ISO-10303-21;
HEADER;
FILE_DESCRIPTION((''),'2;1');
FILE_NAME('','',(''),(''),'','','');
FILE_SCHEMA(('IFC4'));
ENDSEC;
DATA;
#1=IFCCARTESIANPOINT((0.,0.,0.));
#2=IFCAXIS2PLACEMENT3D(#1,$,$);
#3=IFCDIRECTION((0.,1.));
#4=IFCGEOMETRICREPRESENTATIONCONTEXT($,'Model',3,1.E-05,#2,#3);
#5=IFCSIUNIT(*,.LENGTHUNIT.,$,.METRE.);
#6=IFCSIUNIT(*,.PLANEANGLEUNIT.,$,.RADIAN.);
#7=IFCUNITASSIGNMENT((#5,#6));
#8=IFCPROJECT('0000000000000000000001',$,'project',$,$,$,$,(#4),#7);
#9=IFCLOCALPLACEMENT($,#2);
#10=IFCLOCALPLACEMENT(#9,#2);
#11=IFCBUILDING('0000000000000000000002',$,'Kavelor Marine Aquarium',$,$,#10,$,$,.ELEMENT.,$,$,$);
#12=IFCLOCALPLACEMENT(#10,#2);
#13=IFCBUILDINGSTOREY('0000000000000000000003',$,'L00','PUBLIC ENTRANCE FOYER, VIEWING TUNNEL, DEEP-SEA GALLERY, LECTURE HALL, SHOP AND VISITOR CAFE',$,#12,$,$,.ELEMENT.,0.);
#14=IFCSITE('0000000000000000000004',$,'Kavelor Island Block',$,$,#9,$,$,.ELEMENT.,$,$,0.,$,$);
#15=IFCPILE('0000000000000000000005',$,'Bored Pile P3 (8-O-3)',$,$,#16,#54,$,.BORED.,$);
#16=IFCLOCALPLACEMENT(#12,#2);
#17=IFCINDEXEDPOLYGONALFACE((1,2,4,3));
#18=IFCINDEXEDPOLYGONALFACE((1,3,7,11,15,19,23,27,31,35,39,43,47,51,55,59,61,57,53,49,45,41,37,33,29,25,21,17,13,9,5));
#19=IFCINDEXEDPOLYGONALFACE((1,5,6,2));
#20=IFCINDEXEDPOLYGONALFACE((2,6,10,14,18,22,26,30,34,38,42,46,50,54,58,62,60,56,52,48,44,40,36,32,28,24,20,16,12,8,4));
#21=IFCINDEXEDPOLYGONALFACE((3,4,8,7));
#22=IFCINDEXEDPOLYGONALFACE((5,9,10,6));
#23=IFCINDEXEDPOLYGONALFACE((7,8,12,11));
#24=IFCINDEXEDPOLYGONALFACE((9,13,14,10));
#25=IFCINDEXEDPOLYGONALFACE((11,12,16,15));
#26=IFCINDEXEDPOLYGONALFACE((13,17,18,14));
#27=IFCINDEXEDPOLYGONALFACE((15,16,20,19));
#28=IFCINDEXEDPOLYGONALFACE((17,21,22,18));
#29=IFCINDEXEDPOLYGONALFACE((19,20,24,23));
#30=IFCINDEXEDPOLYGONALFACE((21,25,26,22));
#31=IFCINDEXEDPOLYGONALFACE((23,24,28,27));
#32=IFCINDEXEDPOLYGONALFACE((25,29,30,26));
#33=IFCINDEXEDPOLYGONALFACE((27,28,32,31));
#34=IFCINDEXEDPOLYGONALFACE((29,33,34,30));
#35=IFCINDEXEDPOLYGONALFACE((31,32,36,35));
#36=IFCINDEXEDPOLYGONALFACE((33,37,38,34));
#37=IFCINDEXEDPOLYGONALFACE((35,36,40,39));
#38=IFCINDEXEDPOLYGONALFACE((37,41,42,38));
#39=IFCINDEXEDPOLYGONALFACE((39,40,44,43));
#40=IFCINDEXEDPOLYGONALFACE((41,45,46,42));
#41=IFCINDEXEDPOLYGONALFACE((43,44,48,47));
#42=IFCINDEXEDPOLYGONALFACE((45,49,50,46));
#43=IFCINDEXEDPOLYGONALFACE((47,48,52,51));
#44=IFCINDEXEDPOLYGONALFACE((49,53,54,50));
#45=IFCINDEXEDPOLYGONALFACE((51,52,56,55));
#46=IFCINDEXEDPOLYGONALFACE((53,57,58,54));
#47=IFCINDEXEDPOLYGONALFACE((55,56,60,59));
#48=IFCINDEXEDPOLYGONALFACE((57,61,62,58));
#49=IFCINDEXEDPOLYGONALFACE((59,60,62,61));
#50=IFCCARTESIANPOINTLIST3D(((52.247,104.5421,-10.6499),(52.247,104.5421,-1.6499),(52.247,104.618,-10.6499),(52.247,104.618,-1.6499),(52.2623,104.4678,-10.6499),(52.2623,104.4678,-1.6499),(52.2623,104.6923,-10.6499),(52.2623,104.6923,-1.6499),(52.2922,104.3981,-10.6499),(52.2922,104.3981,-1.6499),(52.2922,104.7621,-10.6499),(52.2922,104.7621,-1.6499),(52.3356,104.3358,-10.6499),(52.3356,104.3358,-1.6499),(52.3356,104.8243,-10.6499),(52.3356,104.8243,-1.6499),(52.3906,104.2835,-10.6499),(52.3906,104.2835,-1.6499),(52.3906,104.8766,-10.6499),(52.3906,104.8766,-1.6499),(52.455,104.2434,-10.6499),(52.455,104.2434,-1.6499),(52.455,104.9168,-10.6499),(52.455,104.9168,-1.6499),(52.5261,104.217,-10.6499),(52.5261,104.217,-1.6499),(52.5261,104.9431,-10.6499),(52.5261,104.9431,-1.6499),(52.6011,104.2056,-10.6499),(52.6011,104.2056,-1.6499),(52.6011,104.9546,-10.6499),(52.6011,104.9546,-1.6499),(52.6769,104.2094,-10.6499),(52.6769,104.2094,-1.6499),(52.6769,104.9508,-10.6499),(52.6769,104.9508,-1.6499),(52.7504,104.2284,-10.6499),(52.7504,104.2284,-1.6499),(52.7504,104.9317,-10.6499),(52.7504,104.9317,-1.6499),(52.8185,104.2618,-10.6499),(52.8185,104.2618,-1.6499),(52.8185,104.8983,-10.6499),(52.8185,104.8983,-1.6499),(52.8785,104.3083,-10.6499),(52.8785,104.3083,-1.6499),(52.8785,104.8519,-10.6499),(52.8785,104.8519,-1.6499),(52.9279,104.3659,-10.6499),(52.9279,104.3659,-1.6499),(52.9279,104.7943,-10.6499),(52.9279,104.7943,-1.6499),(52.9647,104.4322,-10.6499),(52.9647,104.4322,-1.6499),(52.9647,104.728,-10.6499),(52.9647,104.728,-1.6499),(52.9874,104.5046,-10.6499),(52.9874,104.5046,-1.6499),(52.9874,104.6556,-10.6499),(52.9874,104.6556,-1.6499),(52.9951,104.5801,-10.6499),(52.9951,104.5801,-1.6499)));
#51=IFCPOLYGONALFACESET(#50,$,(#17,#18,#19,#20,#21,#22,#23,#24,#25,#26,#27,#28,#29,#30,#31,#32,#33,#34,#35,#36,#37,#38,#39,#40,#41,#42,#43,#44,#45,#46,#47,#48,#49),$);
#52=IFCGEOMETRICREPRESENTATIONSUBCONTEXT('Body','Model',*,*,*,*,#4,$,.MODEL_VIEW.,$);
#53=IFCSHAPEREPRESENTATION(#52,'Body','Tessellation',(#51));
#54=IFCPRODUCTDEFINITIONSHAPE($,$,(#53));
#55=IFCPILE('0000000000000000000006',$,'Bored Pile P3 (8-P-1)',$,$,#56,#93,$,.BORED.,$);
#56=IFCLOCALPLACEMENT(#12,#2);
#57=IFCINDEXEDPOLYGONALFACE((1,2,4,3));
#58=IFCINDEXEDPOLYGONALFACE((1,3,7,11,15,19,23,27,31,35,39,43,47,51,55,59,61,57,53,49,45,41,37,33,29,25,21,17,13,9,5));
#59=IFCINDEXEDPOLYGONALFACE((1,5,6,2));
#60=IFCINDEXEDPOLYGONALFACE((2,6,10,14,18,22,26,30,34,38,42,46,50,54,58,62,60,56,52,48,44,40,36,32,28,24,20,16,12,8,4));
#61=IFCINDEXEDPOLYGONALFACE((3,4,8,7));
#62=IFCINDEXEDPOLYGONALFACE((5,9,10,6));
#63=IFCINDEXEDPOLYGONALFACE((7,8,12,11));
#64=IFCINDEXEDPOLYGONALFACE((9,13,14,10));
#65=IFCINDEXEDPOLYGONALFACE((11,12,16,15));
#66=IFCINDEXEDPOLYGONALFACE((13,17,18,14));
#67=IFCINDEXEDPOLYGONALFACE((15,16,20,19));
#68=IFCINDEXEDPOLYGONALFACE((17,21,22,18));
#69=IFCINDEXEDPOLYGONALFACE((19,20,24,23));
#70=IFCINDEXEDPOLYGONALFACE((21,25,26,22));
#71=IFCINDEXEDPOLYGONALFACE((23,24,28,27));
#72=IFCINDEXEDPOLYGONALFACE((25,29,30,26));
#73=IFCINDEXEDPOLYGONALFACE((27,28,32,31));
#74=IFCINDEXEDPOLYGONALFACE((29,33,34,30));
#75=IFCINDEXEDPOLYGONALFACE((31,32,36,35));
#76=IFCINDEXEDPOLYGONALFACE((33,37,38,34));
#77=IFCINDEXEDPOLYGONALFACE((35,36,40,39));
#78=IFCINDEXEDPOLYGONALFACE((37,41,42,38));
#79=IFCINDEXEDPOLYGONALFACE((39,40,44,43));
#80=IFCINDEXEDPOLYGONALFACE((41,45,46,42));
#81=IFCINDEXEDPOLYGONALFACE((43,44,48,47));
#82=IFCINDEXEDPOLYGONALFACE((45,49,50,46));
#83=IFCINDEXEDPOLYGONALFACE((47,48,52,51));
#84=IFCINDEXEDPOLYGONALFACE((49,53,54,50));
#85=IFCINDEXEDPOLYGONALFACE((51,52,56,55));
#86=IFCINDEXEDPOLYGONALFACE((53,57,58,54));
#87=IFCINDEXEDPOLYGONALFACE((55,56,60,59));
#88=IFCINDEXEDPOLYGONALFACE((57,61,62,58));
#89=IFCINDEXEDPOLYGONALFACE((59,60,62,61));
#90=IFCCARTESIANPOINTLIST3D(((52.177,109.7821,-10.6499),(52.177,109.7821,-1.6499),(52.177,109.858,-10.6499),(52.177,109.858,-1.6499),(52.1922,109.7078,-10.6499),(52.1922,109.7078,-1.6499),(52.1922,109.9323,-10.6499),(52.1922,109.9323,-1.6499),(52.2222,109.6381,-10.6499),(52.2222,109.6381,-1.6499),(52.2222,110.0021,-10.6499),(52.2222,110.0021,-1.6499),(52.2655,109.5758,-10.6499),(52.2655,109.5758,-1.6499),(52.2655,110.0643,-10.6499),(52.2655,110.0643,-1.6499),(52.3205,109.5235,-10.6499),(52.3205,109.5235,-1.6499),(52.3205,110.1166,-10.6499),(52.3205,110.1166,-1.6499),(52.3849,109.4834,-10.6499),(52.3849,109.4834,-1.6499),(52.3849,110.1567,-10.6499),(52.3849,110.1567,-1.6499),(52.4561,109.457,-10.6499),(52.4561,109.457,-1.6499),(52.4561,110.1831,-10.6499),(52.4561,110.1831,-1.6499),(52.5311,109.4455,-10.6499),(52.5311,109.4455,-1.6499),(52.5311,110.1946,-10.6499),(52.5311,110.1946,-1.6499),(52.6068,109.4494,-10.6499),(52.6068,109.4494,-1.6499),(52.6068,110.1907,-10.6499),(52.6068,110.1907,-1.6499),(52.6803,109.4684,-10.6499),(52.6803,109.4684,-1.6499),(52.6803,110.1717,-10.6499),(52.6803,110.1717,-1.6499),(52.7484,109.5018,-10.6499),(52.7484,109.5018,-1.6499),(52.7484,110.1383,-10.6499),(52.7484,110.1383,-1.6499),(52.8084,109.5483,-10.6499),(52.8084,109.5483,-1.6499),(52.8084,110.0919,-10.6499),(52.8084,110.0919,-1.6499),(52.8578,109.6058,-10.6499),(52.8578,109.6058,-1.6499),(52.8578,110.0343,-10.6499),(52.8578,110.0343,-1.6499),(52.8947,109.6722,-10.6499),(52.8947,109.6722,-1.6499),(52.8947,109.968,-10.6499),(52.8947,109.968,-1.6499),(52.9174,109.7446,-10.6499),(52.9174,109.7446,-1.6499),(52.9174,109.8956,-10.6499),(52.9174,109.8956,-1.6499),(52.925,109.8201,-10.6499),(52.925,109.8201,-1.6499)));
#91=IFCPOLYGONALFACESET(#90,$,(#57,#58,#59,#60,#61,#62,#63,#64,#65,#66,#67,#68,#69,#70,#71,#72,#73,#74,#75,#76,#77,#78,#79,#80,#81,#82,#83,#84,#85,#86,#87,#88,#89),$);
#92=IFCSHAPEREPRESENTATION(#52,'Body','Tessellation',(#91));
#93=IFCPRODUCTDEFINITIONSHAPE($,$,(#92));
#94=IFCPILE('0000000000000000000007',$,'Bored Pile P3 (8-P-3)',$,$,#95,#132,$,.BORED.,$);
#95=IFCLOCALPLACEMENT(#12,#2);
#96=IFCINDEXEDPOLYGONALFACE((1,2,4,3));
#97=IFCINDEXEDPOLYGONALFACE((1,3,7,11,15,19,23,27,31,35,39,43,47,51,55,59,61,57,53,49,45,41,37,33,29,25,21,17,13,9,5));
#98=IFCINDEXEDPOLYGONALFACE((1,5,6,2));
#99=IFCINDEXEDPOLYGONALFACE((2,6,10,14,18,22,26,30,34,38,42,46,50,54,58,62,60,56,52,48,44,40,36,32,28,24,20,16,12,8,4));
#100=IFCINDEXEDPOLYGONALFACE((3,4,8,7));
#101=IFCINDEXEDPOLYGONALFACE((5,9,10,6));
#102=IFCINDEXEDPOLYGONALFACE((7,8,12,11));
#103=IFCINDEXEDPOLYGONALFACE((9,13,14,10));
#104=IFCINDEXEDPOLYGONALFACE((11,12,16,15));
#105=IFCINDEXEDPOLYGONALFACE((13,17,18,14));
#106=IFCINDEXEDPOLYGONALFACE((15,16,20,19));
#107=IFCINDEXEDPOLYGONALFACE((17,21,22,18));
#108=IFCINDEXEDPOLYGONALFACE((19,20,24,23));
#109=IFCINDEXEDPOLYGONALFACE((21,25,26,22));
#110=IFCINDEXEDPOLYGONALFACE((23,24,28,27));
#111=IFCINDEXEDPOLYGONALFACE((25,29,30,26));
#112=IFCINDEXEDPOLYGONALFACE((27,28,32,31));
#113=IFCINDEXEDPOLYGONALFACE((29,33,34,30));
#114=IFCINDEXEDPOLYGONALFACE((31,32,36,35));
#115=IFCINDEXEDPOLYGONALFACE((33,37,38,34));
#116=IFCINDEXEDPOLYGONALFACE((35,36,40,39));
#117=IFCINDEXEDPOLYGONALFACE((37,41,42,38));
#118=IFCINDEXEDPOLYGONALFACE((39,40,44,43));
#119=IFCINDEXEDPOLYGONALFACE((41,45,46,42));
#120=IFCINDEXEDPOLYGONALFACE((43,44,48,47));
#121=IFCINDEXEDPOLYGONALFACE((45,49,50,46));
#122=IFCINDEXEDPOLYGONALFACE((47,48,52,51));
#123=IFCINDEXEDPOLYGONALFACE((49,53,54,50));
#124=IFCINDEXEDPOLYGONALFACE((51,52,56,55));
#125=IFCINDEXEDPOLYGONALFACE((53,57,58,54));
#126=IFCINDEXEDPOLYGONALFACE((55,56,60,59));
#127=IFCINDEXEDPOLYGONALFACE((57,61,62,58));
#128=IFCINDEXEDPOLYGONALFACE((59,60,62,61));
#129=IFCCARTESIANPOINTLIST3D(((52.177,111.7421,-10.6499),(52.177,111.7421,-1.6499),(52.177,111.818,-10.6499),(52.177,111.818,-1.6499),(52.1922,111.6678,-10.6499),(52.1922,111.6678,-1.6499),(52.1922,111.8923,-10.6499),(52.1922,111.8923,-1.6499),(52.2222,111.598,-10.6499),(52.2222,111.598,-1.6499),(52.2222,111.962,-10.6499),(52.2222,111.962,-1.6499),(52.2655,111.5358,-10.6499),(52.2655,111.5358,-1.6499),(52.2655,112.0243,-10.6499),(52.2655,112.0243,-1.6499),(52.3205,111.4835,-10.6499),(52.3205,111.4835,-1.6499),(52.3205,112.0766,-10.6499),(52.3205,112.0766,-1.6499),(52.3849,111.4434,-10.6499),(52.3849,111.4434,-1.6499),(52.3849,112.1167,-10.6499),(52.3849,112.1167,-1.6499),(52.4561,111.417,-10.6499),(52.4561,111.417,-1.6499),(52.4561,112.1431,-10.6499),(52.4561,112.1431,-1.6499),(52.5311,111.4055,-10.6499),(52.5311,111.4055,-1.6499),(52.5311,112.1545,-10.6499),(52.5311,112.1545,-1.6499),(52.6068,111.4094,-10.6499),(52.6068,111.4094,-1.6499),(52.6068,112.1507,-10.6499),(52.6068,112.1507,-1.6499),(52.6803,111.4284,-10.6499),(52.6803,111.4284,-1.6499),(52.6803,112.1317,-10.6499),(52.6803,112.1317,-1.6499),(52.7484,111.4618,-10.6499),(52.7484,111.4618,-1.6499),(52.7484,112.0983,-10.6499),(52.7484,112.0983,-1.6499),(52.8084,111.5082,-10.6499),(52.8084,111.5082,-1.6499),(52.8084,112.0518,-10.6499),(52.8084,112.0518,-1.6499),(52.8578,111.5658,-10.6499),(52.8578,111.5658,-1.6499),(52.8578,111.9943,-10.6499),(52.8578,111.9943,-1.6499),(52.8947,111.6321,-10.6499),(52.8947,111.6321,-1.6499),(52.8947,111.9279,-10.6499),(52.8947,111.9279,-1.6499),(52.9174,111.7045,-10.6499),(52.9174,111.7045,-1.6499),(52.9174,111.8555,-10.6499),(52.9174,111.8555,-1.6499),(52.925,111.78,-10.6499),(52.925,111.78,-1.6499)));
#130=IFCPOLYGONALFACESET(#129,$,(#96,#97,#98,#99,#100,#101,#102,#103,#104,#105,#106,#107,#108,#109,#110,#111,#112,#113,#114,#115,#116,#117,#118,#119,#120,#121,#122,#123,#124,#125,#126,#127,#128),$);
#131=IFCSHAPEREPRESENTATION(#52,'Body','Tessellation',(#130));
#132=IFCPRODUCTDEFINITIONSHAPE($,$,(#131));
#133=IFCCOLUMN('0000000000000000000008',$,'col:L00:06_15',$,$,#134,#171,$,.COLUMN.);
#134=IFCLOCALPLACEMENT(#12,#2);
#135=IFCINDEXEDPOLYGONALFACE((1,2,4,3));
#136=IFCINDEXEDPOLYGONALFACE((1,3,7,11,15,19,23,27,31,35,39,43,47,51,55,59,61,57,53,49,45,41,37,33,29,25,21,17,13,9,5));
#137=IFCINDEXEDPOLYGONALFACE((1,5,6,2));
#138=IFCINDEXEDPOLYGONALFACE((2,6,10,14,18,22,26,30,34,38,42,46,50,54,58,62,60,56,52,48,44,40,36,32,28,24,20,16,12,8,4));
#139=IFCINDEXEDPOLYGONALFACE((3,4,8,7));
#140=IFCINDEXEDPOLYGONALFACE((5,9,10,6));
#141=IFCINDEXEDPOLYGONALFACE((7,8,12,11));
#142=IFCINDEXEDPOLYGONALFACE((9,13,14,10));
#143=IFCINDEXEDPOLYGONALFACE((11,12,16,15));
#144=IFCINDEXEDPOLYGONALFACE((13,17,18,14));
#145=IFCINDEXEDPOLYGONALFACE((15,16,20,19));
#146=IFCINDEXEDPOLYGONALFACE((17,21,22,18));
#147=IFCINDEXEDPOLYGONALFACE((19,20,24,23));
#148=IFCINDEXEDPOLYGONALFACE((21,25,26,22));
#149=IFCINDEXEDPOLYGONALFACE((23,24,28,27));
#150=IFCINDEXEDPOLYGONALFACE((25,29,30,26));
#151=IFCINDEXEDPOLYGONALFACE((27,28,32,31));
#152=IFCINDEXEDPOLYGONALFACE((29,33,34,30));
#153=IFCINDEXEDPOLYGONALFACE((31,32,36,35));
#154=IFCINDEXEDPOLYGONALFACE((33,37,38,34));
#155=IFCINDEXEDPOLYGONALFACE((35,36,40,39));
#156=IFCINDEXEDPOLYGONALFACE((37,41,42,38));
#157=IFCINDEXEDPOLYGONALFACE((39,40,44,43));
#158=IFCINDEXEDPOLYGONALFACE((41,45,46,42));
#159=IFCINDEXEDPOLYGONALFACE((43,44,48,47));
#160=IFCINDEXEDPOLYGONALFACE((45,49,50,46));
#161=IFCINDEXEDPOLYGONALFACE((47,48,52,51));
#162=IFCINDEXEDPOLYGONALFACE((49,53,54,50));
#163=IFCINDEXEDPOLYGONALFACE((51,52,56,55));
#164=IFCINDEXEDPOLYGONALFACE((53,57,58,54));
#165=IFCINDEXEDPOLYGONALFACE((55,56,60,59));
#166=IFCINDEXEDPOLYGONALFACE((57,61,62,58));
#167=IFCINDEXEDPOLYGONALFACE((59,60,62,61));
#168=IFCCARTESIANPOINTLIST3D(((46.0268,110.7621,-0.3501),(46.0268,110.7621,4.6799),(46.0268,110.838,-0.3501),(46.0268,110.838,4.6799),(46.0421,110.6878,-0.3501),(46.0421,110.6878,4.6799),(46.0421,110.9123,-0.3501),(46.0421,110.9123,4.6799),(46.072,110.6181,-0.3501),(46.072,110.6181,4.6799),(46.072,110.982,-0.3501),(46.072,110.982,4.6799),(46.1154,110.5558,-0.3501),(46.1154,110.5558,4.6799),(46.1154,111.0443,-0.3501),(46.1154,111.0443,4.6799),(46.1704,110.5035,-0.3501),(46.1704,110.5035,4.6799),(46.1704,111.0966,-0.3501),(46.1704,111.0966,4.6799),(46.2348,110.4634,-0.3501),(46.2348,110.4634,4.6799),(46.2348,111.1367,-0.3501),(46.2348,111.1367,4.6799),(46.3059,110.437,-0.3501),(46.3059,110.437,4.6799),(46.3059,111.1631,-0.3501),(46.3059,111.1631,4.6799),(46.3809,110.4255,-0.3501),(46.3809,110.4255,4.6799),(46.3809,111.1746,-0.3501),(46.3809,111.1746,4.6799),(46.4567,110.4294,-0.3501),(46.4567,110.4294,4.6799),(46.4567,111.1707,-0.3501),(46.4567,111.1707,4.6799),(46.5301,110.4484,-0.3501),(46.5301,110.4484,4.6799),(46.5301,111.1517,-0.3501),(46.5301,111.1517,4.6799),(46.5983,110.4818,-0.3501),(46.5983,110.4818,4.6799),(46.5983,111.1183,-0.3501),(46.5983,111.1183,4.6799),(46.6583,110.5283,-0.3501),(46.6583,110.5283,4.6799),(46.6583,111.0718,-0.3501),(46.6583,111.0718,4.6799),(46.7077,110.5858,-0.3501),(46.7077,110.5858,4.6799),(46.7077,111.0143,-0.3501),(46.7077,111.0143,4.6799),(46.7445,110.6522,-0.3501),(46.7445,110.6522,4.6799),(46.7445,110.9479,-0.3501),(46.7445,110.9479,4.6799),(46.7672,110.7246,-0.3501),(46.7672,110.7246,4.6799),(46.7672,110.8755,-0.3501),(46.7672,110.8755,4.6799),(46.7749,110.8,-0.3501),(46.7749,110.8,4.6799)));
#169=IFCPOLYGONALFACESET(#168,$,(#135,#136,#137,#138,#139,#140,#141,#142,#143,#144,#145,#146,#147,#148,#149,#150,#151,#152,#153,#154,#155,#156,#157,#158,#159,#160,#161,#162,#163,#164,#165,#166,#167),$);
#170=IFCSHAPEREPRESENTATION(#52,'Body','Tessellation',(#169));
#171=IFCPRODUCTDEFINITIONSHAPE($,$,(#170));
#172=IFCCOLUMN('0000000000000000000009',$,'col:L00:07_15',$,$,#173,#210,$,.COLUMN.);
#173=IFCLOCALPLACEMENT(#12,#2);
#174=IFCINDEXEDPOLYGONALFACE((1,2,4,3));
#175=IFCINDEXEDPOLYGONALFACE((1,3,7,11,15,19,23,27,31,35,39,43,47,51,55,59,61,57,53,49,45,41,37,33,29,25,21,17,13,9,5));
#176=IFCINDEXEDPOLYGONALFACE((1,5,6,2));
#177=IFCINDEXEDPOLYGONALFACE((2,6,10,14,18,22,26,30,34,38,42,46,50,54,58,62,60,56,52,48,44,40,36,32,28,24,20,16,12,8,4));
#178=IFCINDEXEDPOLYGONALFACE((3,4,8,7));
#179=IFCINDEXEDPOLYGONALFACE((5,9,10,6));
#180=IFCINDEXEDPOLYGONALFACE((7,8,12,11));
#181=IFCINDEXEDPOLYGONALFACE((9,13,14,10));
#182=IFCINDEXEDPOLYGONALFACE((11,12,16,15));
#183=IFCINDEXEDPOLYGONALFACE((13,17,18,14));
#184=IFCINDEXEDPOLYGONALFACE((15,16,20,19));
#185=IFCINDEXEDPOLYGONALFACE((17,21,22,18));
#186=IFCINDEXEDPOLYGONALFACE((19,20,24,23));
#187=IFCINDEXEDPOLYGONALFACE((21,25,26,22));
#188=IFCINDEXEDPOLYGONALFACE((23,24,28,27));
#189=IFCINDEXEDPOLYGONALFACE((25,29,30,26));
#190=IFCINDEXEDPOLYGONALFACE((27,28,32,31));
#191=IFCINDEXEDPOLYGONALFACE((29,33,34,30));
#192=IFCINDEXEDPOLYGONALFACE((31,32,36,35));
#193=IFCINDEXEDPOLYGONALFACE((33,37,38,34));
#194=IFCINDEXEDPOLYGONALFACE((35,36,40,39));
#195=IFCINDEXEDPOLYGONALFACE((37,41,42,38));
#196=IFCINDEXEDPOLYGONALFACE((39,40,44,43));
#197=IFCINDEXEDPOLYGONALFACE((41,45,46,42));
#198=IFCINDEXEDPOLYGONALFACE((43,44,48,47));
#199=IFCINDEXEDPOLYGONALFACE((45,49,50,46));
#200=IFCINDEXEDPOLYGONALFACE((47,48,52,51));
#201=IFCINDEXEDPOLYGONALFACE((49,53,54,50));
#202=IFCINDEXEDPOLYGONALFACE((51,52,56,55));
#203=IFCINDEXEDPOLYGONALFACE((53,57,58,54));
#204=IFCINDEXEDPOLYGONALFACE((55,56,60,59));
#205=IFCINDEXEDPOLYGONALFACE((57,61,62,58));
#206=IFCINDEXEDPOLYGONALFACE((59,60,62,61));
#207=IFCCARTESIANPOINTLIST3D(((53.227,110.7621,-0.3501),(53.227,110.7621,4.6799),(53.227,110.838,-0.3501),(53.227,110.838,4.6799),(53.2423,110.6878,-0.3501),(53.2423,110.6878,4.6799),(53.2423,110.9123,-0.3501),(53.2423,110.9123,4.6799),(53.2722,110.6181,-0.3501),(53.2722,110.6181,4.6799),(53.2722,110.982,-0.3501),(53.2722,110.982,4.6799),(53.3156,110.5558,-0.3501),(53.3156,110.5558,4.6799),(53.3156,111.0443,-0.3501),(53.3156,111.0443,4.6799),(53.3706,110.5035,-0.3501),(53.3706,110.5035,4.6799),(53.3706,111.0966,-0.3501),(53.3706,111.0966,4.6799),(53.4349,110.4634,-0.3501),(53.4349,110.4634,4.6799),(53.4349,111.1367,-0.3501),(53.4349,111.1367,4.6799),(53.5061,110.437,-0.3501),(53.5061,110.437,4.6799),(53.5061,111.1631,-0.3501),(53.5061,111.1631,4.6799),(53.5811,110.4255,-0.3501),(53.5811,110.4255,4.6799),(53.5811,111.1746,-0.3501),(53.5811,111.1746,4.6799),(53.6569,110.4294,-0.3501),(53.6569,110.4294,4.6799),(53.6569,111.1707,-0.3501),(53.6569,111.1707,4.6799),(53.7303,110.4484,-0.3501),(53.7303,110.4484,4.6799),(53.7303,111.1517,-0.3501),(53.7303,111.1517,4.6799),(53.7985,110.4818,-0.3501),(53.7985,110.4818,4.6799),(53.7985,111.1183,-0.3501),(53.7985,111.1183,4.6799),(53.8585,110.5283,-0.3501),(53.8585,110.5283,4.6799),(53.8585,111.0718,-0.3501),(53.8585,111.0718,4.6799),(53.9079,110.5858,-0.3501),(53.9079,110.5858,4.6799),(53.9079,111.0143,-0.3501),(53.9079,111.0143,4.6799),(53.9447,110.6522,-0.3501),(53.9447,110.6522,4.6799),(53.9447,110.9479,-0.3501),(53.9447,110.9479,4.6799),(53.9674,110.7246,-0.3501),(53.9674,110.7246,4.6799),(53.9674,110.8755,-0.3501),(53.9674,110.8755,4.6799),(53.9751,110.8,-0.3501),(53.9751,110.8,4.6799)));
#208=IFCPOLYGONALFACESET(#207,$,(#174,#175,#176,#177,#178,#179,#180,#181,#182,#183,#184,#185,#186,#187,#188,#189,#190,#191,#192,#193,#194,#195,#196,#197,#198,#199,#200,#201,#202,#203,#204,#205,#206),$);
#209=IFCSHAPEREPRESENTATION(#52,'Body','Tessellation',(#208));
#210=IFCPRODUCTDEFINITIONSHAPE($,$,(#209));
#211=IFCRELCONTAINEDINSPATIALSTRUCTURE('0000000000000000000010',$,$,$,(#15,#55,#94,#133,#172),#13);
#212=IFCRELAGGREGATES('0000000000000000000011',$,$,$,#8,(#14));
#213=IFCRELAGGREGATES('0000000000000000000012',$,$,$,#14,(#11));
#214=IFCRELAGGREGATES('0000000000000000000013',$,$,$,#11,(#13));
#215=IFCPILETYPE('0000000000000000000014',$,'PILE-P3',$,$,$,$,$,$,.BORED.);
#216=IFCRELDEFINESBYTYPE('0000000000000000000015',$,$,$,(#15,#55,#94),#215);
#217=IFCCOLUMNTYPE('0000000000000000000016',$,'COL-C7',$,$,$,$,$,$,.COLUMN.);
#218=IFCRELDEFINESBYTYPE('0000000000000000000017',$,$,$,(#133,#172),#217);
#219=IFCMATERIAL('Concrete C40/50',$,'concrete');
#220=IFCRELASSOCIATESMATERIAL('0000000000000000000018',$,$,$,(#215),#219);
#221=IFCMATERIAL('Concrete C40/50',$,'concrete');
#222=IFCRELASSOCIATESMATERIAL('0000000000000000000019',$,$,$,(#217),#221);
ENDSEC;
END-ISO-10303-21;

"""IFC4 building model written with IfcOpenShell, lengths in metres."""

from ifc_helpers import new_model, si_unit, direction, frame, origin, origin_2d, place, context, subcontext, project, spatial, circle, extrude, material, material_profile, profile_set, type_object, element, save


model = new_model("IFC4")

# Units and contexts
model_context = context("Model", 3, precision=1e-05, world=origin(), true_north=direction((0.0, 1.0)))
body_context = subcontext(model_context, "Body", "Model", "MODEL_VIEW")
ifc_project = project(units=[si_unit("LENGTHUNIT", "METRE"), si_unit("PLANEANGLEUNIT", "RADIAN")], contexts=[model_context])

# Site, building, storey
site_placement = place(None, origin())
site = spatial("IfcSite", under=ifc_project, at=site_placement, Name="Kavelor Island Block", CompositionType="ELEMENT", RefElevation=0.0)
building_placement = place(site_placement, origin())
building = spatial("IfcBuilding", under=site, at=building_placement, Name="Kavelor Marine Aquarium", CompositionType="ELEMENT")
storey_placement = place(building_placement, origin())
storey = spatial("IfcBuildingStorey", under=building, at=storey_placement, Name="L00", Description="PUBLIC ENTRANCE FOYER, VIEWING TUNNEL, DEEP-SEA GALLERY, LECTURE HALL, SHOP AND VISITOR CAFE", CompositionType="ELEMENT", Elevation=0.0)

# Piles
ifc_material_1 = material(Name="Concrete C40/50", Category="concrete")
ifc_material_profile_1 = material_profile(ifc_material_1, circle(Radius=0.375, at=origin_2d()), Name="PILE D750")
ifc_profile_set_1 = profile_set([ifc_material_profile_1], Name="Concrete C40/50")
pile_type_1 = type_object("IfcPileType", Name="PILE-P3", PredefinedType="BORED", material=ifc_profile_set_1)
for number, where, z_axis, x_axis, name in (
    (1, (52.6201, 104.5801, -1.6499), (0.0, 0.0, -1.0), (1.0, 0.0, 0.0), "Bored Pile P3 (8-O-3)"),
    (2, (52.55, 109.8201, -1.6499), (0.0, 0.0, -1.0), (1.0, 0.0, 0.0), "Bored Pile P3 (8-P-1)"),
    (3, (52.55, 111.78, -1.6499), (0.0, 0.0, -1.0), (1.0, 0.0, 0.0), "Bored Pile P3 (8-P-3)"),
):
    element("IfcPile", number, at=place(storey_placement, frame(where, z_axis=z_axis, x_axis=x_axis)), inside=storey, type_object=pile_type_1, Name=name, PredefinedType="BORED", context=body_context, shape_type="SweptSolid", body=[
        extrude(circle(Radius=0.375, at=origin_2d()), origin(), (0.0, 0.0, 1.0), 9.0),
    ])

# Columns
ifc_material_2 = material(Name="Concrete C40/50", Category="concrete")
ifc_material_profile_2 = material_profile(ifc_material_2, circle(Radius=0.375, at=origin_2d()), Name="RC-COL D750")
ifc_profile_set_2 = profile_set([ifc_material_profile_2], Name="Concrete C40/50")
column_type = type_object("IfcColumnType", Name="COL-C7", PredefinedType="COLUMN", material=ifc_profile_set_2)
for number, where, z_axis, x_axis, name in (
    (4, (46.3999, 110.8, -0.3501), (0.0, 0.0, 1.0), (1.0, 0.0, 0.0), "col:L00:06_15"),
    (5, (53.6001, 110.8, -0.3501), (0.0, 0.0, 1.0), (1.0, 0.0, 0.0), "col:L00:07_15"),
):
    element("IfcColumn", number, at=place(storey_placement, frame(where, z_axis=z_axis, x_axis=x_axis)), inside=storey, type_object=column_type, Name=name, PredefinedType="COLUMN", context=body_context, shape_type="SweptSolid", body=[
        extrude(circle(Radius=0.375, at=origin_2d()), origin(), (0.0, 0.0, 1.0), 5.03),
    ])

save(model, "model.ifc")
